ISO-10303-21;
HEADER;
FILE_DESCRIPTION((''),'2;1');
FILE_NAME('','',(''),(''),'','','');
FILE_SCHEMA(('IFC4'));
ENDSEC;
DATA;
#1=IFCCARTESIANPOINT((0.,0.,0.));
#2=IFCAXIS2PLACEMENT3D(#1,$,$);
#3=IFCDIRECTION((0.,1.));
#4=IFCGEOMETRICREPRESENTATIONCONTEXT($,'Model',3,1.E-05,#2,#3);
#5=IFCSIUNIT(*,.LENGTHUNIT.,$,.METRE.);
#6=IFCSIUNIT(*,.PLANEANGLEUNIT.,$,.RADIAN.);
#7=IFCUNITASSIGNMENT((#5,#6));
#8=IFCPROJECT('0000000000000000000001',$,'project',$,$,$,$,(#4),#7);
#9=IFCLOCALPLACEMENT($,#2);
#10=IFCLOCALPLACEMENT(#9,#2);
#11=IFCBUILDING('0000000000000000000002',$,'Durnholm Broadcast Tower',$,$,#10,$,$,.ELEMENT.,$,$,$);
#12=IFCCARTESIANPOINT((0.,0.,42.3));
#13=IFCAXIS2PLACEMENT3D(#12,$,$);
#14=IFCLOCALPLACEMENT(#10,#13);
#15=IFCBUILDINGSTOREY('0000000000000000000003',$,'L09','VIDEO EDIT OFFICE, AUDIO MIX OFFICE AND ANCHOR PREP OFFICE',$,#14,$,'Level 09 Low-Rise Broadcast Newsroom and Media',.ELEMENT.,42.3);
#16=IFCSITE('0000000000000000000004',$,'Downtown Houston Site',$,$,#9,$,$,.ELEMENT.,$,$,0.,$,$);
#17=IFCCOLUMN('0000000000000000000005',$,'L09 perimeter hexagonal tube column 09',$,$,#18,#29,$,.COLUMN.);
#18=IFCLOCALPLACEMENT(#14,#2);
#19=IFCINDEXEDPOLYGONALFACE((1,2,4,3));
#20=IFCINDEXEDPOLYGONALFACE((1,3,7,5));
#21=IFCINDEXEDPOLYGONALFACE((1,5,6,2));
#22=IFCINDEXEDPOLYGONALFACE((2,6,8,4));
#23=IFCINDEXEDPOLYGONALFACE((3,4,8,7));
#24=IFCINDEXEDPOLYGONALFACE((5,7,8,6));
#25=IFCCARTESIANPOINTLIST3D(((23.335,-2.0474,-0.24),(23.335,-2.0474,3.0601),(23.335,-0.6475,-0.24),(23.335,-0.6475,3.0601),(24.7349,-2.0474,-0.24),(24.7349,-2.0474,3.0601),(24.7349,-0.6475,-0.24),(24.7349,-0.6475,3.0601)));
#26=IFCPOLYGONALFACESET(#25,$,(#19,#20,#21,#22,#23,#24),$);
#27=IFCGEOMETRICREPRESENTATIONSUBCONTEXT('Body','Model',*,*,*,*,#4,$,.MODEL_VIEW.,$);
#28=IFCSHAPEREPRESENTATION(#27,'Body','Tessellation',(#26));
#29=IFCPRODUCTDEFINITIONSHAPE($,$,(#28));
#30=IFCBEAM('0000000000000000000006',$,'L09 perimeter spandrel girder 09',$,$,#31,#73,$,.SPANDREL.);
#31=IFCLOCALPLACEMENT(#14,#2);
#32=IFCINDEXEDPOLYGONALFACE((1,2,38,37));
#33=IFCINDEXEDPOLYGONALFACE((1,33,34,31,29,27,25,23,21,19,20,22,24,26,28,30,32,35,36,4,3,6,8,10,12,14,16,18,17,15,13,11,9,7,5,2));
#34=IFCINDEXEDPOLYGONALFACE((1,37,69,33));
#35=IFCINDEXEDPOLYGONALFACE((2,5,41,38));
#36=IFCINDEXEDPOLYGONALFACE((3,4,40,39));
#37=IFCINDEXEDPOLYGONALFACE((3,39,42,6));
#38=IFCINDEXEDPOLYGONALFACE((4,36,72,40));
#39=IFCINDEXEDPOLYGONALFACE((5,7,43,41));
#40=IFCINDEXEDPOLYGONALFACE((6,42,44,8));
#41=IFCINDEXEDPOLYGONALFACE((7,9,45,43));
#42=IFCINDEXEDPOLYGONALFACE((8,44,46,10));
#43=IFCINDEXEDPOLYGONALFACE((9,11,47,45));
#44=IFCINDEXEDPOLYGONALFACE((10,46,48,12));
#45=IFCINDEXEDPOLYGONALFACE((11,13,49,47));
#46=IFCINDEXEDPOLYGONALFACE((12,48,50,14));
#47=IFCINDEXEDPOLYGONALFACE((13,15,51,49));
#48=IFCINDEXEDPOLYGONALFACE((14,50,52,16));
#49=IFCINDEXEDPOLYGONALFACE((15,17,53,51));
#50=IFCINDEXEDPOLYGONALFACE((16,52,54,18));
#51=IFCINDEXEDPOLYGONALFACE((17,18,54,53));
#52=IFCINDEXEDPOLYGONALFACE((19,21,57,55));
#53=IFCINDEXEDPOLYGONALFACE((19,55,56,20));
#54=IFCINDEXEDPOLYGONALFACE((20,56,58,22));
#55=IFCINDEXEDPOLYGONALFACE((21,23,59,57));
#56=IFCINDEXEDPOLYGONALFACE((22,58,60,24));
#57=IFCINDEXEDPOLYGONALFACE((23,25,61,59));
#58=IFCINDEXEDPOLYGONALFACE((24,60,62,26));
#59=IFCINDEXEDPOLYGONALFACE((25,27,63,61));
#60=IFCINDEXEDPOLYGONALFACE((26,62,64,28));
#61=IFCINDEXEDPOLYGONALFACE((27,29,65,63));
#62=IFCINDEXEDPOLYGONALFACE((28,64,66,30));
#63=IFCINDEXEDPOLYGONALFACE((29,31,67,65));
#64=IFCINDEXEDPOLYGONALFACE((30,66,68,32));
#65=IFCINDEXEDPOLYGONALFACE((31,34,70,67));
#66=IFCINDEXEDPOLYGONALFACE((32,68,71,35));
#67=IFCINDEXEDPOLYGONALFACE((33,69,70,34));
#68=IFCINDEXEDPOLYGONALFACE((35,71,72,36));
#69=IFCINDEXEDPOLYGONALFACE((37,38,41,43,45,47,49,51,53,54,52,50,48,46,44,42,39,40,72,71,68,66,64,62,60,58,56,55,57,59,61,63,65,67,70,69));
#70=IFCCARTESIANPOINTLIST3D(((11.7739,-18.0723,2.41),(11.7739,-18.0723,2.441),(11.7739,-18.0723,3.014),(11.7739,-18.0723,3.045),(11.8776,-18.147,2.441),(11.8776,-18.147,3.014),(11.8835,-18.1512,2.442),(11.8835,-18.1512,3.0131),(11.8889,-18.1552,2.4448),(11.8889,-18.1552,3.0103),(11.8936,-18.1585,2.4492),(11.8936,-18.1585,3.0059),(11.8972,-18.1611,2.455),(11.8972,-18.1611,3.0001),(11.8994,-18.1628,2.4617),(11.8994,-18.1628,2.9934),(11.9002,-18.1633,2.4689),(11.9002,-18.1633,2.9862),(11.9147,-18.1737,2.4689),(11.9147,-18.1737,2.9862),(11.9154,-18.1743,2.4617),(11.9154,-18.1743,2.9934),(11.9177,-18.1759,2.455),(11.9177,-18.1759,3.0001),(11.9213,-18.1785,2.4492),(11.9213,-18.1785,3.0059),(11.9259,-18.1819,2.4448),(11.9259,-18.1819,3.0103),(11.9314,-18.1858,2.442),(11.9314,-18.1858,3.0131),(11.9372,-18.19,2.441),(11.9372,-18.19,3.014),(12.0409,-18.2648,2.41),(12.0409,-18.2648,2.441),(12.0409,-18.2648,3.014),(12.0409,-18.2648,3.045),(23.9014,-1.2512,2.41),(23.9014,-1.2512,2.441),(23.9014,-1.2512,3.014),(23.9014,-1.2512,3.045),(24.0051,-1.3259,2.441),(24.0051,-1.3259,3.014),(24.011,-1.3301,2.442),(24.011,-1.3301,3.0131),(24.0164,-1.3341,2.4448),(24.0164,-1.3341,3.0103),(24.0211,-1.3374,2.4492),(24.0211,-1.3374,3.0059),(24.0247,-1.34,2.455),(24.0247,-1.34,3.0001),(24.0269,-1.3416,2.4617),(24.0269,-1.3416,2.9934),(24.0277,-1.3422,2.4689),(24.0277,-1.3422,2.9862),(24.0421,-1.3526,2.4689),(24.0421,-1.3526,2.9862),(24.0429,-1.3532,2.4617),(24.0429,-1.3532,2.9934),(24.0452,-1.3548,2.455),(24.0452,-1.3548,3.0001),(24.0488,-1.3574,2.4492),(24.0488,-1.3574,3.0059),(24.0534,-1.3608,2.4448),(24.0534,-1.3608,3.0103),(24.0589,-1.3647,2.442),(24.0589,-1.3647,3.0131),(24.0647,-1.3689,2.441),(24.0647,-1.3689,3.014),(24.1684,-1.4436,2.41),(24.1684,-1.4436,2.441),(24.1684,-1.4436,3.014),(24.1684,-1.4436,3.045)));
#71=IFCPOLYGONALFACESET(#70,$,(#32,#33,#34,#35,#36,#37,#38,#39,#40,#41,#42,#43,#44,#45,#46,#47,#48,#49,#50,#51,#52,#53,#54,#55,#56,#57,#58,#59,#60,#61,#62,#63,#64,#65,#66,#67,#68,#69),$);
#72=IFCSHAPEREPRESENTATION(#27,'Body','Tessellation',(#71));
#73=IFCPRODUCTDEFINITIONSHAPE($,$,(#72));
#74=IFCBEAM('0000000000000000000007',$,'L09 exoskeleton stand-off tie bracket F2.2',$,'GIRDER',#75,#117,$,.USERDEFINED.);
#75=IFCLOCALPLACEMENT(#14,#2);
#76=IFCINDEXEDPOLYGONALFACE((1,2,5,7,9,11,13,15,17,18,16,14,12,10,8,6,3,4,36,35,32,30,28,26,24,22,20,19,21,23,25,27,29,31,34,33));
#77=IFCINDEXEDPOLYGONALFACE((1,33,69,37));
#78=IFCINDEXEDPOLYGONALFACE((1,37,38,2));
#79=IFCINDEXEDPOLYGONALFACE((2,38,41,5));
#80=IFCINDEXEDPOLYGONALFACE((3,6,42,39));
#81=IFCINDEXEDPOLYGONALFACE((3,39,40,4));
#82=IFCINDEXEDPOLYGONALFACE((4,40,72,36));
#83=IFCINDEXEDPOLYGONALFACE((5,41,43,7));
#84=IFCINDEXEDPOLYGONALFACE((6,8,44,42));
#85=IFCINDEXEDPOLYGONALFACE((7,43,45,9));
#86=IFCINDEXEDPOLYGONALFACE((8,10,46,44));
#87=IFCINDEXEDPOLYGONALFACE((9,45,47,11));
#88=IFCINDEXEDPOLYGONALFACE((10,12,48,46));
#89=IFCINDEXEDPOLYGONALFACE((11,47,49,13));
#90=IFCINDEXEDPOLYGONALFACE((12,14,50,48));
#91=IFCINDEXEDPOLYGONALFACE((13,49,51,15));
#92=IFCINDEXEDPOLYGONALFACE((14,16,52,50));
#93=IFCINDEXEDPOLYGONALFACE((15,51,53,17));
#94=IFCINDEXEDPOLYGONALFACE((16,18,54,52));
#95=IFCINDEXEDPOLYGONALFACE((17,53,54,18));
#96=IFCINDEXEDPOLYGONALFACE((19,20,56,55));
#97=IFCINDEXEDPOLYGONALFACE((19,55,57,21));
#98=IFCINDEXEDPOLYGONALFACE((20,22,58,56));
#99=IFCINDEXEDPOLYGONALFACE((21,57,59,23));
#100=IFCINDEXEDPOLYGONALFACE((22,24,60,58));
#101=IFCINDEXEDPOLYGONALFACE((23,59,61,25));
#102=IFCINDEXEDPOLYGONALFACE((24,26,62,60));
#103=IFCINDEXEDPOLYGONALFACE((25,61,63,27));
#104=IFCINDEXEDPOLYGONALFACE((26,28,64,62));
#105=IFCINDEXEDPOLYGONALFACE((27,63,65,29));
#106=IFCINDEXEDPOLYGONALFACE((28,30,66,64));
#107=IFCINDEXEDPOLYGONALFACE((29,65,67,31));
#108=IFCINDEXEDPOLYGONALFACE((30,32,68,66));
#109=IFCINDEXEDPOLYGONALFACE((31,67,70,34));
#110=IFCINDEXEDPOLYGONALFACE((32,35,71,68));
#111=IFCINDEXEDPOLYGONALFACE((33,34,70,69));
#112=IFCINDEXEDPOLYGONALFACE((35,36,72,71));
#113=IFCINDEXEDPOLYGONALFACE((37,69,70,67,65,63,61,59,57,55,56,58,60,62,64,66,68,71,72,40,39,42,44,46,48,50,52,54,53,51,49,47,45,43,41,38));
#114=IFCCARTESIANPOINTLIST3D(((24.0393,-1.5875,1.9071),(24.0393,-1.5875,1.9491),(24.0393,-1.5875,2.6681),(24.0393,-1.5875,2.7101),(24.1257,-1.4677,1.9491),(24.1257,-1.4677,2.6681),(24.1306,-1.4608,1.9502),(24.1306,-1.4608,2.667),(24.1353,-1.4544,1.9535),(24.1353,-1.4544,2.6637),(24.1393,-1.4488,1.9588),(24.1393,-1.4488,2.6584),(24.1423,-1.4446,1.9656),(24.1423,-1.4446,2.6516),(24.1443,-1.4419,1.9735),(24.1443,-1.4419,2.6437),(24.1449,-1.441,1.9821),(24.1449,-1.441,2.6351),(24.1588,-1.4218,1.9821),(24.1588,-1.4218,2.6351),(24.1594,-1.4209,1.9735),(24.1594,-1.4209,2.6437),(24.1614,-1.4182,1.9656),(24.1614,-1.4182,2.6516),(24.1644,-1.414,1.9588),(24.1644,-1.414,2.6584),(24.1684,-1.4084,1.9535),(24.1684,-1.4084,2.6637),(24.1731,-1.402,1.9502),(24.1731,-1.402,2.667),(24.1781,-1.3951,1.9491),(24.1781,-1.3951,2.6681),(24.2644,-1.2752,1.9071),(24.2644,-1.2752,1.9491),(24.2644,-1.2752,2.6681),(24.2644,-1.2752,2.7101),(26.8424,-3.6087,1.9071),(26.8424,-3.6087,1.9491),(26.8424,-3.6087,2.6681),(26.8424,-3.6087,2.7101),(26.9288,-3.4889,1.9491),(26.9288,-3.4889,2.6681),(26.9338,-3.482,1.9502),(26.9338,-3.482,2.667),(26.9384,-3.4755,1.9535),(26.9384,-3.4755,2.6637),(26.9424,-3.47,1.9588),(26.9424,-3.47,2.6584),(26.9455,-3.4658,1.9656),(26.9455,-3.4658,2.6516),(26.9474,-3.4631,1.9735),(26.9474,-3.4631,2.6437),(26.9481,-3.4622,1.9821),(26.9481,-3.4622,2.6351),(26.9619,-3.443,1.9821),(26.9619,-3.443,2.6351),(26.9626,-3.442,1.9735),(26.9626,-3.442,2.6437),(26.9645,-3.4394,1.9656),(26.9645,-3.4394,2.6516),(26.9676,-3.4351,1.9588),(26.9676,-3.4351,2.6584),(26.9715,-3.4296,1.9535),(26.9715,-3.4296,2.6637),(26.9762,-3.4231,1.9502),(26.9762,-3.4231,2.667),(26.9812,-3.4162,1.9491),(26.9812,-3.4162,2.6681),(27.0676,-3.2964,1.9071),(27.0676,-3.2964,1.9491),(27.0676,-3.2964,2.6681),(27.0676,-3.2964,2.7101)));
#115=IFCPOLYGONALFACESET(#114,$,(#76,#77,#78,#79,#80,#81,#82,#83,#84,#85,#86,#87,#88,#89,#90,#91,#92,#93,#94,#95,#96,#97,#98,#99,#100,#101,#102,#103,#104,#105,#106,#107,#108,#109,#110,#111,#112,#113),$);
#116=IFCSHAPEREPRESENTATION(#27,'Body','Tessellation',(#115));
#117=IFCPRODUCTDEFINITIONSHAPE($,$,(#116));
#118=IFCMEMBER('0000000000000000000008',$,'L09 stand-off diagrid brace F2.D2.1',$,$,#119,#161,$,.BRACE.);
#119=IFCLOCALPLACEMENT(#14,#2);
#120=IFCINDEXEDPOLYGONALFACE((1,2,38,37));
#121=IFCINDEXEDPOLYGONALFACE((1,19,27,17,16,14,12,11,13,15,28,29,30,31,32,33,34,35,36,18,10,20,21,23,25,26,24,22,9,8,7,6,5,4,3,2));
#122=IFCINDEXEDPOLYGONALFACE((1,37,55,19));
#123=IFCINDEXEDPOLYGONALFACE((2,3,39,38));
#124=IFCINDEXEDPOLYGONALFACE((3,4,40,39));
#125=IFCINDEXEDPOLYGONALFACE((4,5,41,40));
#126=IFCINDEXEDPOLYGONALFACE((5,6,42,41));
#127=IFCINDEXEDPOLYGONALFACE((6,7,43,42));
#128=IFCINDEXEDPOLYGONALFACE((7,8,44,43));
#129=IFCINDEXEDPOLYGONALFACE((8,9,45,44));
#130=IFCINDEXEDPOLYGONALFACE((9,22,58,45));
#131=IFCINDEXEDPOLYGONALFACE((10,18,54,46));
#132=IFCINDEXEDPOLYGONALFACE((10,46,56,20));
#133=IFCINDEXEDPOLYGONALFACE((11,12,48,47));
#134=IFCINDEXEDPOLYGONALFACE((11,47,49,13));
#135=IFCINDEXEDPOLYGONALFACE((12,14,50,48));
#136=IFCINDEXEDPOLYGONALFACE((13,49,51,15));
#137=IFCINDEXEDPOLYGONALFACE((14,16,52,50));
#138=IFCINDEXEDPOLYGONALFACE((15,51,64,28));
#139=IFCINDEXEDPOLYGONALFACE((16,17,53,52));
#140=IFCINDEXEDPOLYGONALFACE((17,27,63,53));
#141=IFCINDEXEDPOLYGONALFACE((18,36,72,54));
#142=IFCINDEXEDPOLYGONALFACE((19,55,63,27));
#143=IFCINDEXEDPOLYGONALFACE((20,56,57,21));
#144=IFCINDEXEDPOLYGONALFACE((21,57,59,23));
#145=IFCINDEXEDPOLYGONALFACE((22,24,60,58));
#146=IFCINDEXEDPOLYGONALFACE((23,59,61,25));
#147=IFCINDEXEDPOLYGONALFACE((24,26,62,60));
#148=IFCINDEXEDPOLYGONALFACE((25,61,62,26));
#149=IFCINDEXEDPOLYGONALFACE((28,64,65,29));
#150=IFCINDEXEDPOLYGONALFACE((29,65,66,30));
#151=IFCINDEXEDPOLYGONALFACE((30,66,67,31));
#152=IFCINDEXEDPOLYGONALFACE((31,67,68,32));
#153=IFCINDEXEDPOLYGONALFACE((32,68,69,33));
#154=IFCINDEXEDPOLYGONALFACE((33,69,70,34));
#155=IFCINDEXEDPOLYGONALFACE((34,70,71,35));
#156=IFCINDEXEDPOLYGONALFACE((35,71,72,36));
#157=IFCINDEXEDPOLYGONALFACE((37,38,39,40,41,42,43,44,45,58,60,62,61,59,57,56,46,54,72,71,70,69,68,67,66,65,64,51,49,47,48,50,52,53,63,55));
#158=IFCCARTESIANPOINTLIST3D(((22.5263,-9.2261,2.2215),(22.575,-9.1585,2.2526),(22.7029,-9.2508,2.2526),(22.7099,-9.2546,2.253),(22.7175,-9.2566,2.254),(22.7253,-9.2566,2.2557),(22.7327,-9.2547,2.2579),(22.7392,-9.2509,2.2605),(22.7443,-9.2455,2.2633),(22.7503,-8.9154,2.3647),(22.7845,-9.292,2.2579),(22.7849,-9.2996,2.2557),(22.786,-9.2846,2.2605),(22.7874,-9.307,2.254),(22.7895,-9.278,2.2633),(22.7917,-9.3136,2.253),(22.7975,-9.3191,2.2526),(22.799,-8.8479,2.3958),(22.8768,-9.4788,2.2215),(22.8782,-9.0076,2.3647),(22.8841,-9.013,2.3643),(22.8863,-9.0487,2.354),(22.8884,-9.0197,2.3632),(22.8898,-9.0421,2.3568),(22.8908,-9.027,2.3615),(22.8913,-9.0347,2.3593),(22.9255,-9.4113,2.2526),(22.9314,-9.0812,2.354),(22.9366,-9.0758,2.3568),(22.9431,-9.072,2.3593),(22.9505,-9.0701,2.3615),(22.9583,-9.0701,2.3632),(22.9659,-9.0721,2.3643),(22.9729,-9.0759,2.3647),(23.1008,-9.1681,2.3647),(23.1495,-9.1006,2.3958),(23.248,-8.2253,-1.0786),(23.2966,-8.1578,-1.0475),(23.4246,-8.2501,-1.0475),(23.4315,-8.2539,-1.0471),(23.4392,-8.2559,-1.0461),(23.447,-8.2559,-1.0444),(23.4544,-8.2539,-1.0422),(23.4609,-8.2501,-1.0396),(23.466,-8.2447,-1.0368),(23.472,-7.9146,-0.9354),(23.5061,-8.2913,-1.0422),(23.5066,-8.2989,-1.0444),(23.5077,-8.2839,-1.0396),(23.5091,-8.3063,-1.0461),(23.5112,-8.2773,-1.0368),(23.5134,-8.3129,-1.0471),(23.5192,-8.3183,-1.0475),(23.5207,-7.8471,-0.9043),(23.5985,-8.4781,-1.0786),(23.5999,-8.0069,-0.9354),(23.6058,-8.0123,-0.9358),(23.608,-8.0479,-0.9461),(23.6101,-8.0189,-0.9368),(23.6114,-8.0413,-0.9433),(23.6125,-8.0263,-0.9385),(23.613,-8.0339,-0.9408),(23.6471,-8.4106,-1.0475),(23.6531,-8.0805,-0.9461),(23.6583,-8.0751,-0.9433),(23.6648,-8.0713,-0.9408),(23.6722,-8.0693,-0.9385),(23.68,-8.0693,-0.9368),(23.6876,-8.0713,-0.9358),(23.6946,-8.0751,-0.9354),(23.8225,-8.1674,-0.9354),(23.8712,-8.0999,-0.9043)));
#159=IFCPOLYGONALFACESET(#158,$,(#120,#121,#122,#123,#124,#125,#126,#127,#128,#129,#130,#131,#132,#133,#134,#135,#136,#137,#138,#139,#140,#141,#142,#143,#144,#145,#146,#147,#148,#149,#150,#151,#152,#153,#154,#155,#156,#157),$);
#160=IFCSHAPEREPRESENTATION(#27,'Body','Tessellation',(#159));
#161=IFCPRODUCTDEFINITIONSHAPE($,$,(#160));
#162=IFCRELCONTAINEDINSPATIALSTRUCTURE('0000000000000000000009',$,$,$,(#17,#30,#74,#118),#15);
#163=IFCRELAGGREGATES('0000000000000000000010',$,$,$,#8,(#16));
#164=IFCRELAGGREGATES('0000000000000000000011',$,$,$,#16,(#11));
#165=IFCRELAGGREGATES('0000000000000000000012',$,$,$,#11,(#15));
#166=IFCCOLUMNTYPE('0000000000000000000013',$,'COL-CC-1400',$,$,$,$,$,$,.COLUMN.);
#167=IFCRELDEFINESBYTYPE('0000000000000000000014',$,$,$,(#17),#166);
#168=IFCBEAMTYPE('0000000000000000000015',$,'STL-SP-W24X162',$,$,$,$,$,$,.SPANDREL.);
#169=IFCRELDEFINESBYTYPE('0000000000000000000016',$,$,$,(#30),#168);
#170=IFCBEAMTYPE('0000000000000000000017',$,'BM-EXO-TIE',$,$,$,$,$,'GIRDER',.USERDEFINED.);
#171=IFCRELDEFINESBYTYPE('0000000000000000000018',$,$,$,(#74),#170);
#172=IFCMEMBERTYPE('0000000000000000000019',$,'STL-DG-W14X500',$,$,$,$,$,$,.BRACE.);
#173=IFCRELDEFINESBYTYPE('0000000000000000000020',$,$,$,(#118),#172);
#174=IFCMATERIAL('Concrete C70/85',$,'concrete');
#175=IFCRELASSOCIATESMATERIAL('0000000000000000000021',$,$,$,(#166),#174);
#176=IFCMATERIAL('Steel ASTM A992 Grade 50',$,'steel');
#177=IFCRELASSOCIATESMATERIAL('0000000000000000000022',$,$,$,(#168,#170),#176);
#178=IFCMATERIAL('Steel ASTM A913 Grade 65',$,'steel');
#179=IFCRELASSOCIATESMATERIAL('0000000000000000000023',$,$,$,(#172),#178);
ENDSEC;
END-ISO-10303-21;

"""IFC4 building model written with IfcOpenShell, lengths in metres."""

from ifc_helpers import new_model, si_unit, direction, frame, origin, origin_2d, place, context, subcontext, project, spatial, rectangle, i_section, extrude, source, transform, mapped, material, material_profile, profile_set, type_object, type_shapes, element, save


model = new_model("IFC4")

# Units and contexts
model_context = context("Model", 3, precision=1e-05, world=origin(), true_north=direction((0.0, 1.0)))
body_context = subcontext(model_context, "Body", "Model", "MODEL_VIEW")
ifc_project = project(units=[si_unit("LENGTHUNIT", "METRE"), si_unit("PLANEANGLEUNIT", "RADIAN")], contexts=[model_context])

# Site, building, storey
site_placement = place(None, origin())
site = spatial("IfcSite", under=ifc_project, at=site_placement, Name="Downtown Houston Site", CompositionType="ELEMENT", RefElevation=0.0)
building_placement = place(site_placement, origin())
building = spatial("IfcBuilding", under=site, at=building_placement, Name="Durnholm Broadcast Tower", CompositionType="ELEMENT")
storey_placement = place(building_placement, frame((0.0, 0.0, 42.3)))
storey = spatial("IfcBuildingStorey", under=building, at=storey_placement, Name="L09", Description="VIDEO EDIT OFFICE, AUDIO MIX OFFICE AND ANCHOR PREP OFFICE", LongName="Level 09 Low-Rise Broadcast Newsroom and Media", CompositionType="ELEMENT", Elevation=42.3)

# Column
ifc_material_1 = material(Name="Concrete C70/85", Category="concrete")
ifc_material_profile_1 = material_profile(ifc_material_1, rectangle(XDim=1.3999, YDim=1.3999, at=origin_2d()), Name="RC1400X1400")
ifc_profile_set_1 = profile_set([ifc_material_profile_1], Name="Concrete C70/85")
column_type = type_object("IfcColumnType", Name="COL-CC-1400", PredefinedType="COLUMN", material=ifc_profile_set_1)
shared_shape_1 = source(origin(), body_context, "Body", "SweptSolid", [
    extrude(rectangle(XDim=1.3999, YDim=1.3999, at=origin_2d()), origin(), (0.0, 0.0, 1.0), 3.3),
])
type_shapes(column_type, [shared_shape_1])
column_placement = place(storey_placement, frame((24.0349, -1.3474, -0.24), z_axis=(0.0, 0.0, 1.0), x_axis=(1.0, 0.0, 0.0)))
element("IfcColumn", 1, at=column_placement, inside=storey, type_object=column_type, Name="L09 perimeter hexagonal tube column 09", PredefinedType="COLUMN", context=body_context, shape_type="MappedRepresentation", body=[
    mapped(shared_shape_1, transform((0.0, 0.0, 0.0), x_axis=(1.0, 0.0, 0.0), y_axis=(0.0, 1.0, 0.0), z_axis=(0.0, 0.0, 1.0), scale=1.0)),
])

# Beams
ifc_material_2 = material(Name="Steel ASTM A992 Grade 50", Category="steel")
ifc_material_profile_2 = material_profile(ifc_material_2, i_section(OverallWidth=0.3291, OverallDepth=0.635, WebThickness=0.0178, FlangeThickness=0.031, FilletRadius=0.0278, at=origin_2d()), Name="W24X162")
ifc_profile_set_2 = profile_set([ifc_material_profile_2], Name="Steel ASTM A992 Grade 50")
beam_type_1 = type_object("IfcBeamType", Name="STL-SP-W24X162", PredefinedType="SPANDREL", material=ifc_profile_set_2)
shared_shape_2 = source(origin(), body_context, "Body", "SweptSolid", [
    extrude(i_section(OverallWidth=0.3291, OverallDepth=0.635, WebThickness=0.0178, FlangeThickness=0.031, FilletRadius=0.0278, at=origin_2d()), origin(), (0.0, 0.0, 1.0), 20.7371),
])
type_shapes(beam_type_1, [shared_shape_2])
beam_1_placement = place(storey_placement, frame((24.0349, -1.3474, 2.7275), z_axis=(-0.584822, -0.811162, 0.0), x_axis=(0.811162, -0.584822, 0.0)))
element("IfcBeam", 2, at=beam_1_placement, inside=storey, type_object=beam_type_1, Name="L09 perimeter spandrel girder 09", PredefinedType="SPANDREL", context=body_context, shape_type="MappedRepresentation", body=[
    mapped(shared_shape_2, transform((0.0, 0.0, 0.0), x_axis=(1.0, 0.0, 0.0), y_axis=(0.0, 1.0, 0.0), z_axis=(0.0, 0.0, 1.0), scale=1.0)),
])
ifc_material_profile_3 = material_profile(ifc_material_2, i_section(OverallWidth=0.385, OverallDepth=0.803, WebThickness=0.0237, FlangeThickness=0.042, FilletRadius=0.033, at=origin_2d()), Name="W30X261")
ifc_profile_set_3 = profile_set([ifc_material_profile_3], Name="Steel ASTM A992 Grade 50")
beam_type_2 = type_object("IfcBeamType", Name="BM-EXO-TIE", ElementType="GIRDER", PredefinedType="USERDEFINED", material=ifc_profile_set_3)
shared_shape_3 = source(origin(), body_context, "Body", "SweptSolid", [
    extrude(i_section(OverallWidth=0.385, OverallDepth=0.803, WebThickness=0.0237, FlangeThickness=0.042, FilletRadius=0.033, at=origin_2d()), origin(), (0.0, 0.0, 1.0), 3.4558),
])
type_shapes(beam_type_2, [shared_shape_3])
beam_2_placement = place(storey_placement, frame((24.1519, -1.4314, 2.3086), z_axis=(0.811134, -0.584861, 0.0), x_axis=(0.584861, 0.811134, 0.0)))
element("IfcBeam", 3, at=beam_2_placement, inside=storey, type_object=beam_type_2, Name="L09 exoskeleton stand-off tie bracket F2.2", ObjectType="GIRDER", PredefinedType="USERDEFINED", context=body_context, shape_type="MappedRepresentation", body=[
    mapped(shared_shape_3, transform((0.0, 0.0, 0.0), x_axis=(1.0, 0.0, 0.0), y_axis=(0.0, 1.0, 0.0), z_axis=(0.0, 0.0, 1.0), scale=1.0)),
])

# Member
ifc_material_3 = material(Name="Steel ASTM A913 Grade 65", Category="steel")
ifc_material_profile_4 = material_profile(ifc_material_3, i_section(OverallWidth=0.4321, OverallDepth=0.4978, WebThickness=0.0557, FlangeThickness=0.0889, FilletRadius=0.0305, at=origin_2d()), Name="W14X500")
ifc_profile_set_4 = profile_set([ifc_material_profile_4], Name="Steel ASTM A913 Grade 65")
member_type_1 = type_object("IfcMemberType", Name="STL-DG-W14X500", PredefinedType="BRACE", material=ifc_profile_set_4)
shared_shape_4 = source(origin(), body_context, "Body", "SweptSolid", [
    extrude(i_section(OverallWidth=0.4321, OverallDepth=0.4978, WebThickness=0.0557, FlangeThickness=0.0889, FilletRadius=0.0305, at=origin_2d()), origin(), (0.0, 0.0, 1.0), 3.5232),
])
type_shapes(member_type_1, [shared_shape_4])
for number, where, z_axis, x_axis, name in (
    (4, (23.5596, -8.1626, -0.9915), (-0.204839, -0.284045, 0.936675), (0.811091, -0.58492, 0.0), "L09 stand-off diagrid brace F2.D2.1"),
):
    element("IfcMember", number, at=place(storey_placement, frame(where, z_axis=z_axis, x_axis=x_axis)), inside=storey, type_object=member_type_1, Name=name, PredefinedType="BRACE", context=body_context, shape_type="MappedRepresentation", body=[
        mapped(shared_shape_4, transform((0.0, 0.0, 0.0), x_axis=(1.0, 0.0, 0.0), y_axis=(0.0, 1.0, 0.0), z_axis=(0.0, 0.0, 1.0), scale=1.0)),
    ])

save(model, "model.ifc")
